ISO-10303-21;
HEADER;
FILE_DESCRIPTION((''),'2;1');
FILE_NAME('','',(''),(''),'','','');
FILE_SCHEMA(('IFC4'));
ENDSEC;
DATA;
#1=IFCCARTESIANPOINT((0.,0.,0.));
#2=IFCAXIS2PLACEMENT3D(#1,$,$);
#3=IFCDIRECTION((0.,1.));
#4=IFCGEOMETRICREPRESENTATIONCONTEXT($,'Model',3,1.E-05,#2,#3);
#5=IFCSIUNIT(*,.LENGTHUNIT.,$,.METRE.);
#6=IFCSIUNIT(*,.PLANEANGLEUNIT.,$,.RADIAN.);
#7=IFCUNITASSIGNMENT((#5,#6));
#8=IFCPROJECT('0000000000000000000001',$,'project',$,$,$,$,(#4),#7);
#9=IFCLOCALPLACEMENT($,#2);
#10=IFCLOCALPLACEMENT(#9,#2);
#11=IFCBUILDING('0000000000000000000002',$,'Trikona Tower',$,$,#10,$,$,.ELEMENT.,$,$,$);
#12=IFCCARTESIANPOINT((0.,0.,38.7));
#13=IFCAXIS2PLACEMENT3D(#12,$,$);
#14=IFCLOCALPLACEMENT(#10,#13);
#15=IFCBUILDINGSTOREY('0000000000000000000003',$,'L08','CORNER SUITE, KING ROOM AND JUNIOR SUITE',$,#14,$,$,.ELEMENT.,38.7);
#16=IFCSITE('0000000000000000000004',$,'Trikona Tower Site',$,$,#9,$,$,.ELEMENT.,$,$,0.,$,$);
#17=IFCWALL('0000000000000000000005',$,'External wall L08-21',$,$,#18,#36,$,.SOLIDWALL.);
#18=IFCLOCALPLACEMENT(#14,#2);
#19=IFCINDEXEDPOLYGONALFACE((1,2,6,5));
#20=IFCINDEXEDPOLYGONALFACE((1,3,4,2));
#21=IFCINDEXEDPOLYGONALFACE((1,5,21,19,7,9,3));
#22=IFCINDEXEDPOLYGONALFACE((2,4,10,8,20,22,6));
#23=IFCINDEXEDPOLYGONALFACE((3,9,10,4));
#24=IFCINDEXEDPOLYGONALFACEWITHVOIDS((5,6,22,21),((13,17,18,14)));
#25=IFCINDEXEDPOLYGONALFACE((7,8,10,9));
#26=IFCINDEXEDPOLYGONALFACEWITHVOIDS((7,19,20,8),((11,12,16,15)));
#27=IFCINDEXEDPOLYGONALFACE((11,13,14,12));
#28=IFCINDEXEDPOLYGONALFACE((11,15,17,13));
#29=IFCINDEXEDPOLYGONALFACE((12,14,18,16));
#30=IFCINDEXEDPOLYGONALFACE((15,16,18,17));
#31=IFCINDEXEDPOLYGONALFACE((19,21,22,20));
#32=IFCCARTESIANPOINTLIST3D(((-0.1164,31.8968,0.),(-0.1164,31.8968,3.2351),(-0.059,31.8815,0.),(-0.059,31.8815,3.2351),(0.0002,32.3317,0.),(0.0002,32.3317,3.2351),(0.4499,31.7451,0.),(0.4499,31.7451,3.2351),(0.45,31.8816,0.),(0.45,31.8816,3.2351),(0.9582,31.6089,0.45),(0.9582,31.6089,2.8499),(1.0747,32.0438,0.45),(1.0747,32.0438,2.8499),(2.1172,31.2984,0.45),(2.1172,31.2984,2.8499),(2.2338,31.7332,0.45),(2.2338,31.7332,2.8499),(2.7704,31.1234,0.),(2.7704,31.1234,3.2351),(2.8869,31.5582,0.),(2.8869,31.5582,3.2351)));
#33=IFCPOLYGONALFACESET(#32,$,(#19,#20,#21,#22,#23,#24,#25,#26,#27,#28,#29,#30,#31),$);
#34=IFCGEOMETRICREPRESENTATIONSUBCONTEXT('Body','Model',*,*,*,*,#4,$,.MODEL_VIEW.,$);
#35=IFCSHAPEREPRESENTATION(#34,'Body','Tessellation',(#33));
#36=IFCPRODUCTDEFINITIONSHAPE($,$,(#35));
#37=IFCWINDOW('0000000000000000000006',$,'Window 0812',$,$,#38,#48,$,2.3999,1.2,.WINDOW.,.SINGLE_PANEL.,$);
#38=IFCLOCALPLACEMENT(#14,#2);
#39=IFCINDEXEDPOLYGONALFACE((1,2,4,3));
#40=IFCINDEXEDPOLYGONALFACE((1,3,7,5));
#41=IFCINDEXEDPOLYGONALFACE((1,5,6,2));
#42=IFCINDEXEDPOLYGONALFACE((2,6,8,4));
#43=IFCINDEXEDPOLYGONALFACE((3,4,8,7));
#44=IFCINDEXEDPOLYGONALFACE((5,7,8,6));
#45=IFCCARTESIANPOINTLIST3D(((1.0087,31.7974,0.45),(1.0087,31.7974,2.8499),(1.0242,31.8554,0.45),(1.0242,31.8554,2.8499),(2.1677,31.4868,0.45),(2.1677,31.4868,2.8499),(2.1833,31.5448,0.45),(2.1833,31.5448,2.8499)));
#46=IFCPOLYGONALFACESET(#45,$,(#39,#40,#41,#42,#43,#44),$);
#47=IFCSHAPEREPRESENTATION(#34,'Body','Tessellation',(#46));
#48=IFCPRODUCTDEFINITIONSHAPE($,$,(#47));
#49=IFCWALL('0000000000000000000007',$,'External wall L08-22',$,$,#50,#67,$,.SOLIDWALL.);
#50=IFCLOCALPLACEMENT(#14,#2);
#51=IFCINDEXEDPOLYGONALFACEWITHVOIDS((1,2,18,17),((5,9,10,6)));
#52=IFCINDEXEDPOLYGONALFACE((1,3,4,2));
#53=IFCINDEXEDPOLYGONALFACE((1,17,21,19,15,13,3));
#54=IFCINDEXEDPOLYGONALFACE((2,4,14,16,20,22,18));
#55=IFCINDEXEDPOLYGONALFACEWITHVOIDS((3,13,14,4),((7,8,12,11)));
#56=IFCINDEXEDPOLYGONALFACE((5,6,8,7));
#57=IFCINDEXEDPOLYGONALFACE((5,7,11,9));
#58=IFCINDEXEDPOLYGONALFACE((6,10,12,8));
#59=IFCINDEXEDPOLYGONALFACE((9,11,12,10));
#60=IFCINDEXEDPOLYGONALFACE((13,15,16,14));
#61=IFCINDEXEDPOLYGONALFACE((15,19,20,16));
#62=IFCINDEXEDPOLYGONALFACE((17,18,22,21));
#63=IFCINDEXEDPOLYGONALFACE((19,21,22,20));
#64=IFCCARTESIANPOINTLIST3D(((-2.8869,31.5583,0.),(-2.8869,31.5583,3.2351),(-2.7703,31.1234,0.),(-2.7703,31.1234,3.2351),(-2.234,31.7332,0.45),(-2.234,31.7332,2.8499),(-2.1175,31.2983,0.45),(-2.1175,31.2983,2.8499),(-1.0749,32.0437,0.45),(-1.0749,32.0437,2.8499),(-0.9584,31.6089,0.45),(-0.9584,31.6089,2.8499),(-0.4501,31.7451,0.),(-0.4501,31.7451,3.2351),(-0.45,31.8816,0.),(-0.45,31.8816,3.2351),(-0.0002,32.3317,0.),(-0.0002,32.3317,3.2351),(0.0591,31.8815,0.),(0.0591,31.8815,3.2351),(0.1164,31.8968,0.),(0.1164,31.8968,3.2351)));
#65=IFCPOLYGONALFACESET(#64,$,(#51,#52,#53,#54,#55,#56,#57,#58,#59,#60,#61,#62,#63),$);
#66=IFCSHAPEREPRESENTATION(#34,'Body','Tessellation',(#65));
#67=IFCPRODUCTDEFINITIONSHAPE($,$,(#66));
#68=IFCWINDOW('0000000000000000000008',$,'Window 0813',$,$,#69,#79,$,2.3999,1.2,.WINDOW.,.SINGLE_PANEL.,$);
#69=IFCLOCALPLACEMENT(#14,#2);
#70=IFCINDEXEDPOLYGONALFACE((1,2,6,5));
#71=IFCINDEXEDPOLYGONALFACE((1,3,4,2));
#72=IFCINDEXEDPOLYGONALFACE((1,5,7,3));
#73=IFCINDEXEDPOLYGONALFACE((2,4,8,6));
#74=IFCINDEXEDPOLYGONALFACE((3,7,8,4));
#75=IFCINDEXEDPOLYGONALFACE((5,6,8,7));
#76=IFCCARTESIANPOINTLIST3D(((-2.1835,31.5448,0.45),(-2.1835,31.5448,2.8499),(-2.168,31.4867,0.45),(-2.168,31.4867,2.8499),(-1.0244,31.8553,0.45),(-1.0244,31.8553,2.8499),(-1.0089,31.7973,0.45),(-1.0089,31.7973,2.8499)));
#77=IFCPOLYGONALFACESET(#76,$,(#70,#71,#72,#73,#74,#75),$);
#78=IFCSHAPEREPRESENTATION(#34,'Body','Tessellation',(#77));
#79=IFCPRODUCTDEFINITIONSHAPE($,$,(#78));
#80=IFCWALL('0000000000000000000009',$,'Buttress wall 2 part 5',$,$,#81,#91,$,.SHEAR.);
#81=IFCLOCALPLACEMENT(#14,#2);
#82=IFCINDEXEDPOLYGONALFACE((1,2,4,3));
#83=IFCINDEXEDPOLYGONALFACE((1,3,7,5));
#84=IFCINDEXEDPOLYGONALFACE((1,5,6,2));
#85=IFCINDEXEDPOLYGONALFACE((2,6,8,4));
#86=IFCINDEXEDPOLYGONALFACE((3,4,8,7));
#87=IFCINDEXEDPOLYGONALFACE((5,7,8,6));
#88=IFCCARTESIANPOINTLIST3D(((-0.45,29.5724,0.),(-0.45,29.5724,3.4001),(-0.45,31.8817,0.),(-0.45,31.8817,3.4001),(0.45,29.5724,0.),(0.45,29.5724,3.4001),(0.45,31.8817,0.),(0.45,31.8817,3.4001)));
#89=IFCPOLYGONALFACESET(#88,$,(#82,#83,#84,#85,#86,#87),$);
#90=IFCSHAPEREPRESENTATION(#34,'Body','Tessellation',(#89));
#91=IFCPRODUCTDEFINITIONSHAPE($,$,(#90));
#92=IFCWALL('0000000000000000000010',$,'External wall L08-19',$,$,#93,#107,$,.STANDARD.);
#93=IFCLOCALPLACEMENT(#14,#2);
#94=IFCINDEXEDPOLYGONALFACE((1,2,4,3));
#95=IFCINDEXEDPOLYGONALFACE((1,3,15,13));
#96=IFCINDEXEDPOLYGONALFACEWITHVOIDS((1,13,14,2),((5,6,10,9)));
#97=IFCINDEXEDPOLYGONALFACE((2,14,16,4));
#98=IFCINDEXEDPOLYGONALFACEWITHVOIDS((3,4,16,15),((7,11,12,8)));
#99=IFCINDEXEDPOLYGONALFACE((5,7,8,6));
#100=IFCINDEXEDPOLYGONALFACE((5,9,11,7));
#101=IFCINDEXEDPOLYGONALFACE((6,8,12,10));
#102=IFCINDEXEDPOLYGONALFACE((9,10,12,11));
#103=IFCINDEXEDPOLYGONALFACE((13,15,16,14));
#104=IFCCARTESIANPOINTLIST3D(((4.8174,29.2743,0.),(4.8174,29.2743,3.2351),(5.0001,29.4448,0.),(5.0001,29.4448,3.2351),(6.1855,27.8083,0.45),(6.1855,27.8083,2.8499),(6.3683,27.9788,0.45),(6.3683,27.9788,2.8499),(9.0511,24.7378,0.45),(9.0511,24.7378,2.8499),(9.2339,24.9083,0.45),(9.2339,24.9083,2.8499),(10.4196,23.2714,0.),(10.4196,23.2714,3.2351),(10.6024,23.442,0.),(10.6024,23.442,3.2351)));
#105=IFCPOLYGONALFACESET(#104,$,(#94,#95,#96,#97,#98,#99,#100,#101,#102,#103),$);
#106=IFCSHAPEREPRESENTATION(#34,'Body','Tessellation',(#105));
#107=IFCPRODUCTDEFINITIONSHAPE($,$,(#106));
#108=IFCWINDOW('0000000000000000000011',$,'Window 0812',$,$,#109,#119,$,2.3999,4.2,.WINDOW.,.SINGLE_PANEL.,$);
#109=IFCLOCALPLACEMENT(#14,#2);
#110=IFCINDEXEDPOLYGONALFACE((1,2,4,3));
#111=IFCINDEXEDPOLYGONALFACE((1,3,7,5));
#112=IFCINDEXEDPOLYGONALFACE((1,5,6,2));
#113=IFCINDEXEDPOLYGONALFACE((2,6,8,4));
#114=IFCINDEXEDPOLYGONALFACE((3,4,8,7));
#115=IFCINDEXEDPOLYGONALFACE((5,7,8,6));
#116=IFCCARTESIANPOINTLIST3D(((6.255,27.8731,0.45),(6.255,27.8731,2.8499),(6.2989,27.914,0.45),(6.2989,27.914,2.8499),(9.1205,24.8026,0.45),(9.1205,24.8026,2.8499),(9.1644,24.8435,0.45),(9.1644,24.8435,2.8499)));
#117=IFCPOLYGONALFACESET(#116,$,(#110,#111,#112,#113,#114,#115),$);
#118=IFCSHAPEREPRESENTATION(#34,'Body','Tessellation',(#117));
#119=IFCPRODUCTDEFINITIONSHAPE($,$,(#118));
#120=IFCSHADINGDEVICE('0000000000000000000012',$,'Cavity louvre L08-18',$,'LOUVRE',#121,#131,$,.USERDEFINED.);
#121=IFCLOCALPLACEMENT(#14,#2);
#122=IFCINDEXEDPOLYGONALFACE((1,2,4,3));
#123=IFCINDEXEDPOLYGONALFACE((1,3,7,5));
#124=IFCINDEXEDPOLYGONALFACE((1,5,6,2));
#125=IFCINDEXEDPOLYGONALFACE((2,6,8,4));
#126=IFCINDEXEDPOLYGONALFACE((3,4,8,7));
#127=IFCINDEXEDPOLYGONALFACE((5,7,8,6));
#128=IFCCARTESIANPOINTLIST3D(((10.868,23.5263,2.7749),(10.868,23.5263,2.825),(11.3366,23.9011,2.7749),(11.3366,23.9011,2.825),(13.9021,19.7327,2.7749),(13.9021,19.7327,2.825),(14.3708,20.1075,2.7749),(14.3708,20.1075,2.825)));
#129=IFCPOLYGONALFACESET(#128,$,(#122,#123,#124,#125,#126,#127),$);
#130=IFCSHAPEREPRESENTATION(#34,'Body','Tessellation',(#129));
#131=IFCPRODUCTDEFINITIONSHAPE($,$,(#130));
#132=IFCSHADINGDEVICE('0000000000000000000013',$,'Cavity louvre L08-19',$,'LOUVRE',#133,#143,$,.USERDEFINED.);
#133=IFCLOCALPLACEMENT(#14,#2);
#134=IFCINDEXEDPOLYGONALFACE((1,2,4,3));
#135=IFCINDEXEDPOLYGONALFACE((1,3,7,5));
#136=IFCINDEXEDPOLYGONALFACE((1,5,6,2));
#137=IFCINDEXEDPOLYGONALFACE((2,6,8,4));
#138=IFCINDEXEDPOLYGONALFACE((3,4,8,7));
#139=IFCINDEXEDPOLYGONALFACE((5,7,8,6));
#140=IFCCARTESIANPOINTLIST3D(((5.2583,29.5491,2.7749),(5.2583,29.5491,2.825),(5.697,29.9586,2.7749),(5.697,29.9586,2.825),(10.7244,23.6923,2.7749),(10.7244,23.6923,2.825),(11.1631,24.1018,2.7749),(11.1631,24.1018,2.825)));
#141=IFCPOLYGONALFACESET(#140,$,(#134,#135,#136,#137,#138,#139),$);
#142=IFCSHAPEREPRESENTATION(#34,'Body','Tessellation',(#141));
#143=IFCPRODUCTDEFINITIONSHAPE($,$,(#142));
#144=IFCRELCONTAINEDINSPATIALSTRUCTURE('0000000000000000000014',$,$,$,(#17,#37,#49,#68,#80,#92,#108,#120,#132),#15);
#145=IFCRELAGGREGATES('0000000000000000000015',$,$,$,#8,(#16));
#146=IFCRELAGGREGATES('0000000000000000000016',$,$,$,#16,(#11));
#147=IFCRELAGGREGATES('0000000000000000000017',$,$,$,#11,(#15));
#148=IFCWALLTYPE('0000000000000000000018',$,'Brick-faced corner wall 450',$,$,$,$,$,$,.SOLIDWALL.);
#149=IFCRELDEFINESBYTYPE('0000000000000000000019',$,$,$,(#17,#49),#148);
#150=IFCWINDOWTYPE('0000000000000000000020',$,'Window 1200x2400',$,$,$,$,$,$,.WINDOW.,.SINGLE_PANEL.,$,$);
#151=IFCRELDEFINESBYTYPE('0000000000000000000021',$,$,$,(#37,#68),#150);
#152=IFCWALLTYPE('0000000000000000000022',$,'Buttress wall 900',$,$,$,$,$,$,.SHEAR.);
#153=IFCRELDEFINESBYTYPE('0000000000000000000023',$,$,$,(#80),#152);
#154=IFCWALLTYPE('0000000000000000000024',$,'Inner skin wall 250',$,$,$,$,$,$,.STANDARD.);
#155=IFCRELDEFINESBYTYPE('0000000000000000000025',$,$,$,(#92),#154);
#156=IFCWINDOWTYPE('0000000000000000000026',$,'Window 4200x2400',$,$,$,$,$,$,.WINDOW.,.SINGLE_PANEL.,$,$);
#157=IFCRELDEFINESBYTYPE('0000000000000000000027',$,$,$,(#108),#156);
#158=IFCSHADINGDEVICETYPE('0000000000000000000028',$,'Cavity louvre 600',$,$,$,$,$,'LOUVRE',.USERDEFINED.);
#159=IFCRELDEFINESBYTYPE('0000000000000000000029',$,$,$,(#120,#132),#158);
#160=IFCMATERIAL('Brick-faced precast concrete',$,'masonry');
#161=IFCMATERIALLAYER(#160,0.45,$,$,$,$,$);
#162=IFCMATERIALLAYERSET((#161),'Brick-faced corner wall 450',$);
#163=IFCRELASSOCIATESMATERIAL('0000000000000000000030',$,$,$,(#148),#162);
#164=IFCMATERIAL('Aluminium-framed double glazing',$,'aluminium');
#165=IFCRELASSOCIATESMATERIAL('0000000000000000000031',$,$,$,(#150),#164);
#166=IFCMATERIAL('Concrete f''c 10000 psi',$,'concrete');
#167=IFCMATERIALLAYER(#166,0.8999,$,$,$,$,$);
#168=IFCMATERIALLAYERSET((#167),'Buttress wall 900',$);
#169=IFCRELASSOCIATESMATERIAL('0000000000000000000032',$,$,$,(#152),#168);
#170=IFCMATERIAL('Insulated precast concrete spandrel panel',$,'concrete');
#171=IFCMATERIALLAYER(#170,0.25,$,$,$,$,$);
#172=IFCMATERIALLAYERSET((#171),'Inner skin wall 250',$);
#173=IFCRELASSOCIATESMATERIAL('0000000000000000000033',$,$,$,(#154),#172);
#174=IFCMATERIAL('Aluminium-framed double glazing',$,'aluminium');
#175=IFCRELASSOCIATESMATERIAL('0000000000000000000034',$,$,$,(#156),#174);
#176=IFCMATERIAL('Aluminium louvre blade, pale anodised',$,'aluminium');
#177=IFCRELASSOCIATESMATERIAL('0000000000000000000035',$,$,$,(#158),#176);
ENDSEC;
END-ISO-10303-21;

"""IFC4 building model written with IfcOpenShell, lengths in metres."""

from ifc_helpers import new_model, si_unit, direction, frame, frame_2d, origin, origin_2d, place, context, subcontext, project, spatial, polyline, rectangle, outline, extrude, material, layer, layer_set, type_object, element, fill, save


model = new_model("IFC4")

# Units and contexts
model_context = context("Model", 3, precision=1e-05, world=origin(), true_north=direction((0.0, 1.0)))
body_context = subcontext(model_context, "Body", "Model", "MODEL_VIEW")
ifc_project = project(units=[si_unit("LENGTHUNIT", "METRE"), si_unit("PLANEANGLEUNIT", "RADIAN")], contexts=[model_context])

# Site, building, storey
site_placement = place(None, origin())
site = spatial("IfcSite", under=ifc_project, at=site_placement, Name="Trikona Tower Site", CompositionType="ELEMENT", RefElevation=0.0)
building_placement = place(site_placement, origin())
building = spatial("IfcBuilding", under=site, at=building_placement, Name="Trikona Tower", CompositionType="ELEMENT")
storey_placement = place(building_placement, frame((0.0, 0.0, 38.7)))
storey = spatial("IfcBuildingStorey", under=building, at=storey_placement, Name="L08", Description="CORNER SUITE, KING ROOM AND JUNIOR SUITE", CompositionType="ELEMENT", Elevation=38.7)

# Walls, openings, windows
ifc_material_1 = material(Name="Brick-faced precast concrete", Category="masonry")
ifc_layer_1 = layer(ifc_material_1, 0.45)
ifc_layer_set_1 = layer_set([ifc_layer_1], Name="Brick-faced corner wall 450")
wall_type_1 = type_object("IfcWallType", Name="Brick-faced corner wall 450", PredefinedType="SOLIDWALL", material=ifc_layer_set_1)
wall_1_placement = place(storey_placement, frame((2.8286, 31.3408, 0.0), z_axis=(0.0, 0.0, 1.0), x_axis=(-0.965931, 0.258801, 0.0)))
wall_1 = element("IfcWall", 1, at=wall_1_placement, inside=storey, type_object=wall_type_1, Name="External wall L08-21", PredefinedType="SOLIDWALL", context=body_context, shape_type="SweptSolid", body=[
    extrude(outline(polyline([(2.9885, 0.2251), (2.9292, 0.2251), (2.4375, 0.0933), (2.4023, 0.2251), (0.0, 0.2251), (0.0, -0.2251), (2.9885, -0.2251), (2.9885, 0.2251)])), origin(), (0.0, 0.0, 1.0), 3.2351),
])
opening_1_placement = place(wall_1_placement, frame((0.676, 0.0, 0.45)))
opening_1 = element("IfcOpeningElement", 2, at=opening_1_placement, cuts=wall_1, PredefinedType="OPENING", context=body_context, shape_type="SweptSolid", body=[
    extrude(rectangle(XDim=1.2, YDim=2.3999, at=frame_2d((0.6001, 1.2))), frame((0.0, 0.2349, 0.0), z_axis=(0.0, -1.0, 0.0), x_axis=(1.0, 0.0, 0.0)), (0.0, 0.0, 1.0), 0.47),
])
ifc_material_2 = material(Name="Aluminium-framed double glazing", Category="aluminium")
window_type_1 = type_object("IfcWindowType", Name="Window 1200x2400", PartitioningType="SINGLE_PANEL", PredefinedType="WINDOW", material=ifc_material_2)
window_1_placement = place(opening_1_placement, origin())
window_1 = element("IfcWindow", 3, at=window_1_placement, inside=storey, type_object=window_type_1, Name="Window 0812", OverallHeight=2.3999, OverallWidth=1.2, PartitioningType="SINGLE_PANEL", PredefinedType="WINDOW", context=body_context, shape_type="SweptSolid", body=[
    extrude(rectangle(XDim=1.2, YDim=2.3999, at=frame_2d((0.6001, 1.2))), frame((0.0, 0.03, 0.0), z_axis=(0.0, -1.0, 0.0), x_axis=(1.0, 0.0, 0.0)), (0.0, 0.0, 1.0), 0.0601),
])
fill(opening_1, window_1)
wall_2_placement = place(storey_placement, frame((0.0581, 32.1143, 0.0), z_axis=(0.0, 0.0, 1.0), x_axis=(-0.965931, -0.258801, 0.0)))
wall_2 = element("IfcWall", 4, at=wall_2_placement, inside=storey, type_object=wall_type_1, Name="External wall L08-22", PredefinedType="SOLIDWALL", context=body_context, shape_type="SweptSolid", body=[
    extrude(outline(polyline([(2.9885, 0.2251), (0.5864, 0.2251), (0.551, 0.0933), (0.0593, 0.2251), (0.0, 0.2251), (0.0, -0.2251), (2.9885, -0.2251), (2.9885, 0.2251)])), origin(), (0.0, 0.0, 1.0), 3.2351),
])
opening_2_placement = place(wall_2_placement, frame((1.1125, 0.0, 0.45)))
opening_2 = element("IfcOpeningElement", 5, at=opening_2_placement, cuts=wall_2, PredefinedType="OPENING", context=body_context, shape_type="SweptSolid", body=[
    extrude(rectangle(XDim=1.2, YDim=2.3999, at=frame_2d((0.6001, 1.2))), frame((0.0, 0.2349, 0.0), z_axis=(0.0, -1.0, 0.0), x_axis=(1.0, 0.0, 0.0)), (0.0, 0.0, 1.0), 0.47),
])
window_2_placement = place(opening_2_placement, origin())
window_2 = element("IfcWindow", 6, at=window_2_placement, inside=storey, type_object=window_type_1, Name="Window 0813", OverallHeight=2.3999, OverallWidth=1.2, PartitioningType="SINGLE_PANEL", PredefinedType="WINDOW", context=body_context, shape_type="SweptSolid", body=[
    extrude(rectangle(XDim=1.2, YDim=2.3999, at=frame_2d((0.6001, 1.2))), frame((0.0, 0.03, 0.0), z_axis=(0.0, -1.0, 0.0), x_axis=(1.0, 0.0, 0.0)), (0.0, 0.0, 1.0), 0.0601),
])
fill(opening_2, window_2)

# Wall
ifc_material_3 = material(Name="Concrete f'c 10000 psi", Category="concrete")
ifc_layer_2 = layer(ifc_material_3, 0.8999)
ifc_layer_set_2 = layer_set([ifc_layer_2], Name="Buttress wall 900")
wall_type_2 = type_object("IfcWallType", Name="Buttress wall 900", PredefinedType="SHEAR", material=ifc_layer_set_2)
wall_3_placement = place(storey_placement, frame((0.0, 29.5723, 0.0), z_axis=(0.0, 0.0, 1.0), x_axis=(0.0, 1.0, 0.0)))
element("IfcWall", 7, at=wall_3_placement, inside=storey, type_object=wall_type_2, Name="Buttress wall 2 part 5", PredefinedType="SHEAR", context=body_context, shape_type="SweptSolid", body=[
    extrude(rectangle(XDim=2.3093, YDim=0.8999, at=frame_2d((1.1548, 0.0))), origin(), (0.0, 0.0, 1.0), 3.4001),
])

# Wall, opening, window
ifc_material_4 = material(Name="Insulated precast concrete spandrel panel", Category="concrete")
ifc_layer_3 = layer(ifc_material_4, 0.25)
ifc_layer_set_3 = layer_set([ifc_layer_3], Name="Inner skin wall 250")
wall_type_3 = type_object("IfcWallType", Name="Inner skin wall 250", PredefinedType="STANDARD", material=ifc_layer_set_3)
wall_4_placement = place(storey_placement, frame((10.511, 23.3567, 0.0), z_axis=(0.0, 0.0, 1.0), x_axis=(-0.68229, 0.731082, 0.0)))
wall_4 = element("IfcWall", 8, at=wall_4_placement, inside=storey, type_object=wall_type_3, Name="External wall L08-19", PredefinedType="STANDARD", context=body_context, shape_type="SweptSolid", body=[
    extrude(rectangle(XDim=8.2109, YDim=0.25, at=frame_2d((4.1055, 0.0))), origin(), (0.0, 0.0, 1.0), 3.2351),
])
opening_3_placement = place(wall_4_placement, frame((2.0056, 0.0, 0.45)))
opening_3 = element("IfcOpeningElement", 9, at=opening_3_placement, cuts=wall_4, PredefinedType="OPENING", context=body_context, shape_type="SweptSolid", body=[
    extrude(rectangle(XDim=4.2, YDim=2.3999, at=frame_2d((2.1001, 1.2))), frame((0.0, 0.135, 0.0), z_axis=(0.0, -1.0, 0.0), x_axis=(1.0, 0.0, 0.0)), (0.0, 0.0, 1.0), 0.27),
])
ifc_material_5 = material(Name="Aluminium-framed double glazing", Category="aluminium")
window_type_2 = type_object("IfcWindowType", Name="Window 4200x2400", PartitioningType="SINGLE_PANEL", PredefinedType="WINDOW", material=ifc_material_5)
window_3_placement = place(opening_3_placement, origin())
window_3 = element("IfcWindow", 10, at=window_3_placement, inside=storey, type_object=window_type_2, Name="Window 0812", OverallHeight=2.3999, OverallWidth=4.2, PartitioningType="SINGLE_PANEL", PredefinedType="WINDOW", context=body_context, shape_type="SweptSolid", body=[
    extrude(rectangle(XDim=4.2, YDim=2.3999, at=frame_2d((2.1001, 1.2))), frame((0.0, 0.03, 0.0), z_axis=(0.0, -1.0, 0.0), x_axis=(1.0, 0.0, 0.0)), (0.0, 0.0, 1.0), 0.0601),
])
fill(opening_3, window_3)

# Shading devices
ifc_material_6 = material(Name="Aluminium louvre blade, pale anodised", Category="aluminium")
shading_device_type = type_object("IfcShadingDeviceType", Name="Cavity louvre 600", ElementType="LOUVRE", PredefinedType="USERDEFINED", material=ifc_material_6)
shading_device_1_placement = place(storey_placement, frame((12.6194, 21.8169, 2.7749), z_axis=(0.0, 0.0, 1.0), x_axis=(-0.624604, 0.780942, 0.0)))
element("IfcShadingDevice", 11, at=shading_device_1_placement, inside=storey, type_object=shading_device_type, Name="Cavity louvre L08-18", ObjectType="LOUVRE", PredefinedType="USERDEFINED", context=body_context, shape_type="SweptSolid", body=[
    extrude(rectangle(XDim=4.8577, YDim=0.6001, at=origin_2d()), origin(), (0.0, 0.0, 1.0), 0.05),
])
shading_device_2_placement = place(storey_placement, frame((8.2107, 26.8254, 2.7749), z_axis=(0.0, 0.0, 1.0), x_axis=(-0.682298, 0.731074, 0.0)))
element("IfcShadingDevice", 12, at=shading_device_2_placement, inside=storey, type_object=shading_device_type, Name="Cavity louvre L08-19", ObjectType="LOUVRE", PredefinedType="USERDEFINED", context=body_context, shape_type="SweptSolid", body=[
    extrude(rectangle(XDim=8.0112, YDim=0.6001, at=origin_2d()), origin(), (0.0, 0.0, 1.0), 0.05),
])

save(model, "model.ifc")
